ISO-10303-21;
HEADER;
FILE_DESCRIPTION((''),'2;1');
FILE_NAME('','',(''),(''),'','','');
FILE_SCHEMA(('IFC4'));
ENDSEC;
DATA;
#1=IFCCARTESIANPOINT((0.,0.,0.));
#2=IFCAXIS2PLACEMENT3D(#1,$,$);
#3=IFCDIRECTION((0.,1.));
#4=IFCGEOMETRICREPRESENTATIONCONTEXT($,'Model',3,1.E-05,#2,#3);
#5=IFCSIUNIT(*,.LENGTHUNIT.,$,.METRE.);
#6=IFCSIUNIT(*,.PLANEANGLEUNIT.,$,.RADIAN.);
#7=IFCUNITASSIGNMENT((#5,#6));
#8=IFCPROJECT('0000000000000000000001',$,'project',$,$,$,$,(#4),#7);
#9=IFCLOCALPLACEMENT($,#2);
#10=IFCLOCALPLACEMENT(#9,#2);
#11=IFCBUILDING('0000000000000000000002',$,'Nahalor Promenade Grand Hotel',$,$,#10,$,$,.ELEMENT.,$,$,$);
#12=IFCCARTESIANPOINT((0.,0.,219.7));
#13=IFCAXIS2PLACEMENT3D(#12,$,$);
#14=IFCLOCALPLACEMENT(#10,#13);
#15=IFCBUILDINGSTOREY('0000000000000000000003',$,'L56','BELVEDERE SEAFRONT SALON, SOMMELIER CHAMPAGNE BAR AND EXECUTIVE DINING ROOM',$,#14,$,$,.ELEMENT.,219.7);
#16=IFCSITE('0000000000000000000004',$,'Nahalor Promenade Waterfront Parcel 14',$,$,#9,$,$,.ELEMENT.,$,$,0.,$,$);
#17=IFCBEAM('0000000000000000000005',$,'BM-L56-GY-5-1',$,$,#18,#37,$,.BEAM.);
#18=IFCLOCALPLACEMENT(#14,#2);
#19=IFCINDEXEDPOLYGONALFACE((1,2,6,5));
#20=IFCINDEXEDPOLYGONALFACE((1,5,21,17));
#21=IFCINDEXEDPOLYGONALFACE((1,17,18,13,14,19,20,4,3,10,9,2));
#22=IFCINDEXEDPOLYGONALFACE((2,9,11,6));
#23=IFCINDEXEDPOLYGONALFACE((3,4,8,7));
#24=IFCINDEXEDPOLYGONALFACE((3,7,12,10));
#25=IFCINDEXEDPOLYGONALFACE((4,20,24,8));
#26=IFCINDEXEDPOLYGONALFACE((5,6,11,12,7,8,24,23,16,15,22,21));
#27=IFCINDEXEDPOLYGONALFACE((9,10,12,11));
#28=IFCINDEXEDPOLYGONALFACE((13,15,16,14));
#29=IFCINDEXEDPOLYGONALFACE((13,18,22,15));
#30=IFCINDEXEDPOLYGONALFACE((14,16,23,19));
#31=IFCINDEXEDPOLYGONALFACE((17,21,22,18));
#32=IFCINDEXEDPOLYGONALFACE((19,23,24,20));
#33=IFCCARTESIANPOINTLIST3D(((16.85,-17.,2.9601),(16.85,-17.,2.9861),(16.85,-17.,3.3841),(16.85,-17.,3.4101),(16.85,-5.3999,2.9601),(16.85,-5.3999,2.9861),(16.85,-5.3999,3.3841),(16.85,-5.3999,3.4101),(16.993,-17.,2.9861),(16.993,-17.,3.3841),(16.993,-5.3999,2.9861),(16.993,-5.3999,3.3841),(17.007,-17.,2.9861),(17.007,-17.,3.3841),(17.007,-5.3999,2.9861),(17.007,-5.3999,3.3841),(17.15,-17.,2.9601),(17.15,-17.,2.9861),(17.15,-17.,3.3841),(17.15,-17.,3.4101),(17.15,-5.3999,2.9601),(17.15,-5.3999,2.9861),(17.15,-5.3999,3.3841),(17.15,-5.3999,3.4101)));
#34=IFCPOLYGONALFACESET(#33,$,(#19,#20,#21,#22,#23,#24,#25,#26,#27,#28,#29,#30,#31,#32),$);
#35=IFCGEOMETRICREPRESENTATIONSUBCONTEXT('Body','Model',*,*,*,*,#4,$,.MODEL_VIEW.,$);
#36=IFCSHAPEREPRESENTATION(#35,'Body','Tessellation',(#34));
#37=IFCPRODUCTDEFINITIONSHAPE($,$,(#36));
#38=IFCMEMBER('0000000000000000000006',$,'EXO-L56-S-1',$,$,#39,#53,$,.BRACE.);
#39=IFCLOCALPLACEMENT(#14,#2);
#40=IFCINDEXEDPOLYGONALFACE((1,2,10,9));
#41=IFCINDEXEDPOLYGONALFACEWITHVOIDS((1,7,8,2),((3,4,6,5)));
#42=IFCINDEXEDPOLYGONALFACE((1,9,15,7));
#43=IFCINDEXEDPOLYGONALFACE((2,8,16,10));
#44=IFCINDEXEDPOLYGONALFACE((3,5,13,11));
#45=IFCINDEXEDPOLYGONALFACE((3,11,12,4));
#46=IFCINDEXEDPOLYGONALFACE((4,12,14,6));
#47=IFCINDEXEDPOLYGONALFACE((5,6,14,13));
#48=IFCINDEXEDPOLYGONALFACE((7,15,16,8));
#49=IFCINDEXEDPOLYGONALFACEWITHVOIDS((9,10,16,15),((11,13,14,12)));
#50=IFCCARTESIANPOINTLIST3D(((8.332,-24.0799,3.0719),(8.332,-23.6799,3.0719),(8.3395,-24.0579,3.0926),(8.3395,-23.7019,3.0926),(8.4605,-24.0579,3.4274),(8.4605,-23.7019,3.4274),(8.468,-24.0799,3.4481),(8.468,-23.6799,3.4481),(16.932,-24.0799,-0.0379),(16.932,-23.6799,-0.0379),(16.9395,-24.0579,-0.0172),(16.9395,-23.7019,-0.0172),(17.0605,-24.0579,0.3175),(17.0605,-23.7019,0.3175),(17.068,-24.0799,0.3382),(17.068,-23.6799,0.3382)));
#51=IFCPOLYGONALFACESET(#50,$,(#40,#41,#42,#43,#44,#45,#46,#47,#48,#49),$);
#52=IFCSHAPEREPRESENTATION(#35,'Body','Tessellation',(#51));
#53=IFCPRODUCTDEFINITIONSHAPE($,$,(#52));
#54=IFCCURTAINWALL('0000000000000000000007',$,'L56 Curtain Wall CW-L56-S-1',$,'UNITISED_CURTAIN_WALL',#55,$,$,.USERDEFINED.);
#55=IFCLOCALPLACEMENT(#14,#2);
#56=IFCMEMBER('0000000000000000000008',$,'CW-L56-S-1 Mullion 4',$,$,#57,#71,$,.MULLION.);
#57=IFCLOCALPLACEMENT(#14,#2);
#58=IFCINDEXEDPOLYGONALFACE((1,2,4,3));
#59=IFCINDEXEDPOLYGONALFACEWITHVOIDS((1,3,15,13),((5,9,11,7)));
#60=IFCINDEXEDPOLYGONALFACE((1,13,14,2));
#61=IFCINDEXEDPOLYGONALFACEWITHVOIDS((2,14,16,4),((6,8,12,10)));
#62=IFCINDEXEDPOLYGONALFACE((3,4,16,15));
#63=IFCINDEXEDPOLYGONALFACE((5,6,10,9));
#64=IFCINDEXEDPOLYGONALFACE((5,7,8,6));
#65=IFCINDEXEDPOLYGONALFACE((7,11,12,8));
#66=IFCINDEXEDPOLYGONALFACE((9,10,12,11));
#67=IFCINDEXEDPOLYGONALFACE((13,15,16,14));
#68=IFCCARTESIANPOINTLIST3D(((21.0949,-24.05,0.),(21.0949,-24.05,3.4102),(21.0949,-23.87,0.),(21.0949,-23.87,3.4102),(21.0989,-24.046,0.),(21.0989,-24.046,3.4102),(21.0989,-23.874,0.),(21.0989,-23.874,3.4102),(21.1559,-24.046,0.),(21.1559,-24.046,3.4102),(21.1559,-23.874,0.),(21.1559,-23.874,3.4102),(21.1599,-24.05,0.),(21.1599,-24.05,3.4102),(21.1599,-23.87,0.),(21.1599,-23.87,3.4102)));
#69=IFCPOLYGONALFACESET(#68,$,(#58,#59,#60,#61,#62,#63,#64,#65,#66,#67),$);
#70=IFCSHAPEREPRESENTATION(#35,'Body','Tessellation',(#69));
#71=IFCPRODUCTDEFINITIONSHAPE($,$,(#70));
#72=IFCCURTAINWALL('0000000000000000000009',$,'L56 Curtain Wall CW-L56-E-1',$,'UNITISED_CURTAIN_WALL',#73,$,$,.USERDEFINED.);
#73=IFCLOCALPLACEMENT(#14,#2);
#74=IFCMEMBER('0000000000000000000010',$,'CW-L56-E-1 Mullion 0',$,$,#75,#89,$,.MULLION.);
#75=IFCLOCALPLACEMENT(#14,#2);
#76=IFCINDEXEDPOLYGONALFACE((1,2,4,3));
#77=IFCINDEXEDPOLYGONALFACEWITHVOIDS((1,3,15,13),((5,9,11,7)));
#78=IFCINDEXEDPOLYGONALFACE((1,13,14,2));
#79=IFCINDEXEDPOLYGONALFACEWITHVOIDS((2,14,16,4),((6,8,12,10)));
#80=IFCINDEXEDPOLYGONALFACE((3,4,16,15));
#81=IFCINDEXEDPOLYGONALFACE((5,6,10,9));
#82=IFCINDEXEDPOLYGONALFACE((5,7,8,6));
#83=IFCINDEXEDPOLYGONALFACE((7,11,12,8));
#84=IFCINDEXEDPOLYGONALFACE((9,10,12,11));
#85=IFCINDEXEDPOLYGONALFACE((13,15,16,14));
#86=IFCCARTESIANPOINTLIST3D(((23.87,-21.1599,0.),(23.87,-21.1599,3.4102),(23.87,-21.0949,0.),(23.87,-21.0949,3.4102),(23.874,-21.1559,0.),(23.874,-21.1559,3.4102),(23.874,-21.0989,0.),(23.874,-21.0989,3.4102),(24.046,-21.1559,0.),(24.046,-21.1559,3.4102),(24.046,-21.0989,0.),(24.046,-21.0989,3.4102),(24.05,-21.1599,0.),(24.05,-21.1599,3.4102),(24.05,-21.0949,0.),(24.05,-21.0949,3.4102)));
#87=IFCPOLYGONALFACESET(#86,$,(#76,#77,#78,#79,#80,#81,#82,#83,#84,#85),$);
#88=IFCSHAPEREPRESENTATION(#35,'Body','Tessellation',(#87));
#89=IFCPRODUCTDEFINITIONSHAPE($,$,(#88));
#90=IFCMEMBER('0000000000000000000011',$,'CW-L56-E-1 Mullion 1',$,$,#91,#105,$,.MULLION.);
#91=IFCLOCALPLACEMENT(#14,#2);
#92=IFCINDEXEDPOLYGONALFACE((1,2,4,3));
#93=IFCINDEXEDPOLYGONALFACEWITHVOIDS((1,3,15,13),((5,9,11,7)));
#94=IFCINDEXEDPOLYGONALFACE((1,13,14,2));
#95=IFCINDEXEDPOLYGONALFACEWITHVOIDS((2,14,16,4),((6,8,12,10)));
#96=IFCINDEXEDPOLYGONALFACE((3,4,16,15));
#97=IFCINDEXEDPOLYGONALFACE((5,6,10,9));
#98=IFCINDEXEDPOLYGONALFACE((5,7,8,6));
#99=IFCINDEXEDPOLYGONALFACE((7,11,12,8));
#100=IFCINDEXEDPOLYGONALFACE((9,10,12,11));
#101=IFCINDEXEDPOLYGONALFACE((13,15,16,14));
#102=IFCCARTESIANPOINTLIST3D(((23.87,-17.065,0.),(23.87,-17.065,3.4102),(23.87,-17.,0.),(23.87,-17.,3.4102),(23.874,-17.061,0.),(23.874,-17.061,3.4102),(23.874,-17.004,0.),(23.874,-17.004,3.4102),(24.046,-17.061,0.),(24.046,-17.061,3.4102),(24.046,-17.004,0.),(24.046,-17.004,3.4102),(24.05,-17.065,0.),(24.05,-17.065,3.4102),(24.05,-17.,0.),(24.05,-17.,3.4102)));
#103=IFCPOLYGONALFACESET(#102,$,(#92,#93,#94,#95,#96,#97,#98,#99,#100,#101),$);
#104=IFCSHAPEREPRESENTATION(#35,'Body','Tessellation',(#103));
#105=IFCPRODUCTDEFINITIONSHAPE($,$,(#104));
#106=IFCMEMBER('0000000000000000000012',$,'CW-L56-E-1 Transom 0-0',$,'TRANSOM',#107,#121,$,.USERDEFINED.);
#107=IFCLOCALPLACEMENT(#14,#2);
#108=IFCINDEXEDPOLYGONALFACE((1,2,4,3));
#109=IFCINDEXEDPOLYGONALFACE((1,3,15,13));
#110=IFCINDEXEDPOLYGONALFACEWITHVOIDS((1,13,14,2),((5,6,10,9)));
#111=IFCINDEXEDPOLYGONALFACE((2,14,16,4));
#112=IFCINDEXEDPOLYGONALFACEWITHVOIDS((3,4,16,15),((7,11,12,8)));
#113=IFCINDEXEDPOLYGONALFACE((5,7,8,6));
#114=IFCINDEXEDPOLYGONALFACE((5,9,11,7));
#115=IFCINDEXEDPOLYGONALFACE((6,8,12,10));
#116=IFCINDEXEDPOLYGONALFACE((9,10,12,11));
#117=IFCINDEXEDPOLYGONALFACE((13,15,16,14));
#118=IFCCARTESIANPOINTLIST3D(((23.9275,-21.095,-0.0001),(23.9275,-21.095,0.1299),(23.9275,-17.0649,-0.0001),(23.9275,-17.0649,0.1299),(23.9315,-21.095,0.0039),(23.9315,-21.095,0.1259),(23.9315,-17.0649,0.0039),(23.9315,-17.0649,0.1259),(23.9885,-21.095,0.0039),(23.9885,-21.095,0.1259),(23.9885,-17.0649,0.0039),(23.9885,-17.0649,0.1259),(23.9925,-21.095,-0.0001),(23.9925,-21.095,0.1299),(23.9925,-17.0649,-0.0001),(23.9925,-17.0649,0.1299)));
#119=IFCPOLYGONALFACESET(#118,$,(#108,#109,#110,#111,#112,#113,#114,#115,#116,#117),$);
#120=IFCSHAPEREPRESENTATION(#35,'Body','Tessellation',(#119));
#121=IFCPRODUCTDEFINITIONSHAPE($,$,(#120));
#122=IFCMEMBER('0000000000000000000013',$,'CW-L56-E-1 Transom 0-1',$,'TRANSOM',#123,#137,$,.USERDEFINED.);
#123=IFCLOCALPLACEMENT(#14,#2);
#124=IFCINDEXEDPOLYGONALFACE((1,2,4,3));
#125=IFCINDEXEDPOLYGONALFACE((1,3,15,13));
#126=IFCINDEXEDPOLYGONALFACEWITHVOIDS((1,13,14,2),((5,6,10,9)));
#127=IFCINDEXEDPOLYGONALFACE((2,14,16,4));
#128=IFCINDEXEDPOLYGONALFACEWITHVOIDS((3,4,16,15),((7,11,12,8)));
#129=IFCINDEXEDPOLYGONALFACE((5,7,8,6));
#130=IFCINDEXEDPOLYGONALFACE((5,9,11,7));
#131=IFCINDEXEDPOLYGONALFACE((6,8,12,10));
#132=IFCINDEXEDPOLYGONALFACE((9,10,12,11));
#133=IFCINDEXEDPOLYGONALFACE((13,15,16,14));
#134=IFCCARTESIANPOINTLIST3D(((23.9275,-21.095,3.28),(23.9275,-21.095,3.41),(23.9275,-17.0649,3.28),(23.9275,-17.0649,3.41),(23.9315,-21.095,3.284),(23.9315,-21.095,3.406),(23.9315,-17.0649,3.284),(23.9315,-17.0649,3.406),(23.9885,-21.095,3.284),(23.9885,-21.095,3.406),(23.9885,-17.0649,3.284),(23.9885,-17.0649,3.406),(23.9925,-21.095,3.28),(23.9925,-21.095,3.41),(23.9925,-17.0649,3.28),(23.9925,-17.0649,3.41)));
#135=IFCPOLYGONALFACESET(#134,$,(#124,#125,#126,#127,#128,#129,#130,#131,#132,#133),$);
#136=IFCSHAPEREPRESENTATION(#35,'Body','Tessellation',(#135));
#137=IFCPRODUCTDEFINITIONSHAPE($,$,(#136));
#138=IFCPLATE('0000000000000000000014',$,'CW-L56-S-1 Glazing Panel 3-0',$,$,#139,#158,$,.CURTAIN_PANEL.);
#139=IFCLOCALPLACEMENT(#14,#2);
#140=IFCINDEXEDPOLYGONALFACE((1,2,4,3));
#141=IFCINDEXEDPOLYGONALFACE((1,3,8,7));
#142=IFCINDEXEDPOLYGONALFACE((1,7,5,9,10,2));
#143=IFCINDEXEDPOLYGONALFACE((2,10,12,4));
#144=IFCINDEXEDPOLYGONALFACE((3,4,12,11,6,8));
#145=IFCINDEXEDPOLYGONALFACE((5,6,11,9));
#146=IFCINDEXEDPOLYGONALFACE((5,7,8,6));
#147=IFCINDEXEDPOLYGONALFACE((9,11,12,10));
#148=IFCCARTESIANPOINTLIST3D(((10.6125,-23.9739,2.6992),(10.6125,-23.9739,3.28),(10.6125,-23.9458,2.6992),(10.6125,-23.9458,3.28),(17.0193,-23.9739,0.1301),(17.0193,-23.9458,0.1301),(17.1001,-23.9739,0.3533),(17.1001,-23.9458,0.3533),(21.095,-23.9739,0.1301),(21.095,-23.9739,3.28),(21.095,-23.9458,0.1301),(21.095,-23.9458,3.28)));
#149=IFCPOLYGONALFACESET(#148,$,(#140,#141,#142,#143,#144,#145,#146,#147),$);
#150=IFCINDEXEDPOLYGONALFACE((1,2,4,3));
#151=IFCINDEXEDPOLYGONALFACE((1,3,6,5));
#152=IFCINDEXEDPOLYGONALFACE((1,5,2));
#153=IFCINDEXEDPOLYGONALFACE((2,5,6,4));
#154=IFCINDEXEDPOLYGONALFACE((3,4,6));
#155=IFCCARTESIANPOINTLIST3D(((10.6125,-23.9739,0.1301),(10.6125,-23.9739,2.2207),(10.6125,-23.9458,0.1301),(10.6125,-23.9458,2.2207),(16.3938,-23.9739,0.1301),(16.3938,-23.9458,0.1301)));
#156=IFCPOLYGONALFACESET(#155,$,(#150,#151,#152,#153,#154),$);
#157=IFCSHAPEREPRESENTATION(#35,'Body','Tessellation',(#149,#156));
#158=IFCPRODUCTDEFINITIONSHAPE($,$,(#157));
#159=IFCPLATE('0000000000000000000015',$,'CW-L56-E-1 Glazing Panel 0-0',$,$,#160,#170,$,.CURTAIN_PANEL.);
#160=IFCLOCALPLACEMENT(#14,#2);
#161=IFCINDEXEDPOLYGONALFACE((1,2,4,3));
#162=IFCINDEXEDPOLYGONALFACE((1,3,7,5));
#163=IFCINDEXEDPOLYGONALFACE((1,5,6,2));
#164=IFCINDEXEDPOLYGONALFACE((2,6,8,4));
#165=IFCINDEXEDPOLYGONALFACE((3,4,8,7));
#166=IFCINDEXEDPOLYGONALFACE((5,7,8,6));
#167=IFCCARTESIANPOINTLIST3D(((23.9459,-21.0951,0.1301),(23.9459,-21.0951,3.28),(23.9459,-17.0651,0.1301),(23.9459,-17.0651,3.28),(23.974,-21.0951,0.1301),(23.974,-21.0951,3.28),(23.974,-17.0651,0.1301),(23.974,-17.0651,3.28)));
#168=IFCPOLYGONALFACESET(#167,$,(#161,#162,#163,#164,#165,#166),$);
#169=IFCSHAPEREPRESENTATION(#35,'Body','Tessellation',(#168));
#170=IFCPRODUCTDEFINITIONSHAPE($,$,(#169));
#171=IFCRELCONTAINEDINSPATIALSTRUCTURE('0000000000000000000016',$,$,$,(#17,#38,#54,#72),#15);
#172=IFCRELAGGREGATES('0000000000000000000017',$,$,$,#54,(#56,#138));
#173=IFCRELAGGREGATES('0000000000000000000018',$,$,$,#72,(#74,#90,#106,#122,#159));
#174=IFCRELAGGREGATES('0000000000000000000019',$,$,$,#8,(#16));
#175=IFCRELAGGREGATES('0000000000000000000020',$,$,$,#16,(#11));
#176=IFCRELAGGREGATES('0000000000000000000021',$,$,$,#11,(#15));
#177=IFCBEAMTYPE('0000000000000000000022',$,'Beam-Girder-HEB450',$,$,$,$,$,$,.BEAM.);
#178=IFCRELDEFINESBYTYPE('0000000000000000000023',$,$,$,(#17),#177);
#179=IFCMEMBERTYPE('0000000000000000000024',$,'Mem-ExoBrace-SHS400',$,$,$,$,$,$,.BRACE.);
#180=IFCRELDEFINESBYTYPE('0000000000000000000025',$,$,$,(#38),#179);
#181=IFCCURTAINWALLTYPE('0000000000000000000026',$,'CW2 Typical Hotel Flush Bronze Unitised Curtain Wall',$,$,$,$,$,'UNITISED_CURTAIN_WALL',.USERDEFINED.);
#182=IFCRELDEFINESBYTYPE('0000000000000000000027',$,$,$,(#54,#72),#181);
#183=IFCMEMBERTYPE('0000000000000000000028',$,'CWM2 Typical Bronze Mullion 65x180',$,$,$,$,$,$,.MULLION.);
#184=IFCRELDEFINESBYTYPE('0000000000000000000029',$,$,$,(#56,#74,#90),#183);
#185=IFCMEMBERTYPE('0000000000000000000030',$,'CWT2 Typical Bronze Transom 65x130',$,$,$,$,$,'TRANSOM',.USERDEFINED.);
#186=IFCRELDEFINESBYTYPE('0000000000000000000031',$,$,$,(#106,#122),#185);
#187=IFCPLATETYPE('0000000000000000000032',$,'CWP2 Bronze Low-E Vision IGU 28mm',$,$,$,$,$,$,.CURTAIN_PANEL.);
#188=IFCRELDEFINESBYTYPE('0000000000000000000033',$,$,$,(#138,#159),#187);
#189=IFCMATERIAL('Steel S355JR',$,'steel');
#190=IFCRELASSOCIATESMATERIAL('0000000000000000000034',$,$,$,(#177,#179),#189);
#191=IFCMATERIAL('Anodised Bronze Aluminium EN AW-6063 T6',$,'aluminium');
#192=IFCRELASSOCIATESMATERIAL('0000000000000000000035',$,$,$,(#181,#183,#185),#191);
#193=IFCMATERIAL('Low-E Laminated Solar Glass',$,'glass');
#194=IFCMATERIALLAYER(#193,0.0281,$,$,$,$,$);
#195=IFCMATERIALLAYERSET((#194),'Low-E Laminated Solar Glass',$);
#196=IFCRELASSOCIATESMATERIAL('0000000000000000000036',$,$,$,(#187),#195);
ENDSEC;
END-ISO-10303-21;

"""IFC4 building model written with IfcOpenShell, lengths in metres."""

from ifc_helpers import new_model, si_unit, direction, frame, origin, origin_2d, place, context, subcontext, project, spatial, polyline, rectangle, hollow_rectangle, i_section, outline, extrude, source, transform, mapped, material, layer, layer_set, material_profile, profile_set, type_object, element, aggregate, save


model = new_model("IFC4")

# Units and contexts
model_context = context("Model", 3, precision=1e-05, world=origin(), true_north=direction((0.0, 1.0)))
body_context = subcontext(model_context, "Body", "Model", "MODEL_VIEW")
ifc_project = project(units=[si_unit("LENGTHUNIT", "METRE"), si_unit("PLANEANGLEUNIT", "RADIAN")], contexts=[model_context])

# Site, building, storey
site_placement = place(None, origin())
site = spatial("IfcSite", under=ifc_project, at=site_placement, Name="Nahalor Promenade Waterfront Parcel 14", CompositionType="ELEMENT", RefElevation=0.0)
building_placement = place(site_placement, origin())
building = spatial("IfcBuilding", under=site, at=building_placement, Name="Nahalor Promenade Grand Hotel", CompositionType="ELEMENT")
storey_placement = place(building_placement, frame((0.0, 0.0, 219.7)))
storey = spatial("IfcBuildingStorey", under=building, at=storey_placement, Name="L56", Description="BELVEDERE SEAFRONT SALON, SOMMELIER CHAMPAGNE BAR AND EXECUTIVE DINING ROOM", CompositionType="ELEMENT", Elevation=219.7)

# Shared definitions
ifc_material_1 = material(Name="Steel S355JR", Category="steel")

# Beam
ifc_material_profile_1 = material_profile(ifc_material_1, i_section(OverallWidth=0.3, OverallDepth=0.45, WebThickness=0.014, FlangeThickness=0.026, at=origin_2d()), Name="HEB 450")
ifc_profile_set_1 = profile_set([ifc_material_profile_1], Name="Steel S355JR")
beam_type_1 = type_object("IfcBeamType", Name="Beam-Girder-HEB450", PredefinedType="BEAM", material=ifc_profile_set_1)
shared_shape_1 = source(origin(), body_context, "Body", "SweptSolid", [
    extrude(i_section(OverallWidth=0.3, OverallDepth=0.45, WebThickness=0.014, FlangeThickness=0.026, at=origin_2d()), origin(), (0.0, 0.0, 1.0), 11.6001),
])
beam_1_placement = place(storey_placement, frame((17.0, -17.0, 3.1851), z_axis=(0.0, 1.0, 0.0), x_axis=(-1.0, 0.0, 0.0)))
element("IfcBeam", 1, at=beam_1_placement, inside=storey, type_object=beam_type_1, Name="BM-L56-GY-5-1", PredefinedType="BEAM", context=body_context, shape_type="MappedRepresentation", body=[
    mapped(shared_shape_1, transform((0.0, 0.0, 0.0), scale=1.0)),
])

# Member
ifc_material_profile_2 = material_profile(ifc_material_1, hollow_rectangle(XDim=0.4, YDim=0.4, WallThickness=0.022, at=origin_2d()), Name="SHS 400x400x22")
ifc_profile_set_2 = profile_set([ifc_material_profile_2], Name="Steel S355JR")
member_type_1 = type_object("IfcMemberType", Name="Mem-ExoBrace-SHS400", PredefinedType="BRACE", material=ifc_profile_set_2)
shared_shape_2 = source(origin(), body_context, "Body", "SweptSolid", [
    extrude(hollow_rectangle(XDim=0.4, YDim=0.4, WallThickness=0.022, at=origin_2d()), origin(), (0.0, 0.0, 1.0), 9.145),
])
member_1_placement = place(storey_placement, frame((17.0, -23.8799, 0.1501), z_axis=(-0.940405, 0.0, 0.340058), x_axis=(0.0, -1.0, 0.0)))
element("IfcMember", 2, at=member_1_placement, inside=storey, type_object=member_type_1, Name="EXO-L56-S-1", PredefinedType="BRACE", context=body_context, shape_type="MappedRepresentation", body=[
    mapped(shared_shape_2, transform((0.0, 0.0, 0.0), scale=1.0)),
])

# Curtain wall, member
ifc_material_2 = material(Name="Anodised Bronze Aluminium EN AW-6063 T6", Category="aluminium")
curtain_wall_type = type_object("IfcCurtainWallType", Name="CW2 Typical Hotel Flush Bronze Unitised Curtain Wall", ElementType="UNITISED_CURTAIN_WALL", PredefinedType="USERDEFINED", material=ifc_material_2)
curtain_wall_1_placement = place(storey_placement, origin())
curtain_wall_1 = element("IfcCurtainWall", 3, at=curtain_wall_1_placement, inside=storey, type_object=curtain_wall_type, Name="L56 Curtain Wall CW-L56-S-1", ObjectType="UNITISED_CURTAIN_WALL", PredefinedType="USERDEFINED")
ifc_material_profile_3 = material_profile(ifc_material_2, hollow_rectangle(XDim=0.065, YDim=0.18, WallThickness=0.004, at=origin_2d()), Name="CWM 65x180x4")
ifc_profile_set_3 = profile_set([ifc_material_profile_3], Name="Anodised Bronze Aluminium EN AW-6063 T6")
member_type_2 = type_object("IfcMemberType", Name="CWM2 Typical Bronze Mullion 65x180", PredefinedType="MULLION", material=ifc_profile_set_3)
shared_shape_3 = source(origin(), body_context, "Body", "SweptSolid", [
    extrude(hollow_rectangle(XDim=0.065, YDim=0.18, WallThickness=0.004, at=origin_2d()), origin(), (0.0, 0.0, 1.0), 3.4102),
])
member_2_placement = place(storey_placement, frame((21.1274, -23.96, 0.0), z_axis=(0.0, 0.0, 1.0), x_axis=(1.0, 0.0, 0.0)))
member_2 = element("IfcMember", 4, at=member_2_placement, type_object=member_type_2, Name="CW-L56-S-1 Mullion 4", PredefinedType="MULLION", context=body_context, shape_type="MappedRepresentation", body=[
    mapped(shared_shape_3, transform((0.0, 0.0, 0.0), scale=1.0)),
])

# Curtain wall, members
curtain_wall_2_placement = place(storey_placement, origin())
curtain_wall_2 = element("IfcCurtainWall", 5, at=curtain_wall_2_placement, inside=storey, type_object=curtain_wall_type, Name="L56 Curtain Wall CW-L56-E-1", ObjectType="UNITISED_CURTAIN_WALL", PredefinedType="USERDEFINED")
member_3_placement = place(storey_placement, frame((23.96, -21.1274, 0.0), z_axis=(0.0, 0.0, 1.0), x_axis=(0.0, 1.0, 0.0)))
member_3 = element("IfcMember", 6, at=member_3_placement, type_object=member_type_2, Name="CW-L56-E-1 Mullion 0", PredefinedType="MULLION", context=body_context, shape_type="MappedRepresentation", body=[
    mapped(shared_shape_3, transform((0.0, 0.0, 0.0), scale=1.0)),
])
member_4_placement = place(storey_placement, frame((23.96, -17.0325, 0.0), z_axis=(0.0, 0.0, 1.0), x_axis=(0.0, 1.0, 0.0)))
member_4 = element("IfcMember", 7, at=member_4_placement, type_object=member_type_2, Name="CW-L56-E-1 Mullion 1", PredefinedType="MULLION", context=body_context, shape_type="MappedRepresentation", body=[
    mapped(shared_shape_3, transform((0.0, 0.0, 0.0), scale=1.0)),
])
ifc_material_profile_4 = material_profile(ifc_material_2, hollow_rectangle(XDim=0.065, YDim=0.13, WallThickness=0.004, at=origin_2d()), Name="CWT 65x130x4")
ifc_profile_set_4 = profile_set([ifc_material_profile_4], Name="Anodised Bronze Aluminium EN AW-6063 T6")
member_type_3 = type_object("IfcMemberType", Name="CWT2 Typical Bronze Transom 65x130", ElementType="TRANSOM", PredefinedType="USERDEFINED", material=ifc_profile_set_4)
shared_shape_4 = source(origin(), body_context, "Body", "SweptSolid", [
    extrude(hollow_rectangle(XDim=0.065, YDim=0.13, WallThickness=0.004, at=origin_2d()), origin(), (0.0, 0.0, 1.0), 4.03),
])
member_5_placement = place(storey_placement, frame((23.96, -21.095, 0.0649), z_axis=(0.0, 1.0, 0.0), x_axis=(-1.0, 0.0, 0.0)))
member_5 = element("IfcMember", 8, at=member_5_placement, type_object=member_type_3, Name="CW-L56-E-1 Transom 0-0", ObjectType="TRANSOM", PredefinedType="USERDEFINED", context=body_context, shape_type="MappedRepresentation", body=[
    mapped(shared_shape_4, transform((0.0, 0.0, 0.0), scale=1.0)),
])
member_6_placement = place(storey_placement, frame((23.96, -21.095, 3.345), z_axis=(0.0, 1.0, 0.0), x_axis=(-1.0, 0.0, 0.0)))
member_6 = element("IfcMember", 9, at=member_6_placement, type_object=member_type_3, Name="CW-L56-E-1 Transom 0-1", ObjectType="TRANSOM", PredefinedType="USERDEFINED", context=body_context, shape_type="MappedRepresentation", body=[
    mapped(shared_shape_4, transform((0.0, 0.0, 0.0), scale=1.0)),
])

# Plates
ifc_material_3 = material(Name="Low-E Laminated Solar Glass", Category="glass")
ifc_layer_1 = layer(ifc_material_3, 0.0281)
ifc_layer_set_1 = layer_set([ifc_layer_1], Name="Low-E Laminated Solar Glass")
plate_type = type_object("IfcPlateType", Name="CWP2 Bronze Low-E Vision IGU 28mm", PredefinedType="CURTAIN_PANEL", material=ifc_layer_set_1)
plate_1_placement = place(storey_placement, frame((15.8538, -23.96, 0.1301), z_axis=(0.0, 0.0, 1.0), x_axis=(1.0, 0.0, 0.0)))
plate_1 = element("IfcPlate", 10, at=plate_1_placement, type_object=plate_type, Name="CW-L56-S-1 Glazing Panel 3-0", PredefinedType="CURTAIN_PANEL", context=body_context, shape_type="SweptSolid", body=[
    extrude(outline(polyline([(5.2412, 3.1499), (-5.2412, 3.1499), (-5.2412, 2.5691), (1.2463, 0.2231), (1.1655, 0.0), (5.2412, 0.0), (5.2412, 3.1499)])), frame((0.0, 0.0142, 0.0), z_axis=(0.0, -1.0, 0.0), x_axis=(1.0, 0.0, 0.0)), (0.0, 0.0, 1.0), 0.0281),
    extrude(outline(polyline([(-5.2412, 2.0906), (-5.2412, 0.0), (0.54, 0.0), (-5.2412, 2.0906)])), frame((0.0, 0.0142, 0.0), z_axis=(0.0, -1.0, 0.0), x_axis=(1.0, 0.0, 0.0)), (0.0, 0.0, 1.0), 0.0281),
])
aggregate(curtain_wall_1, [member_2, plate_1])
shared_shape_5 = source(origin(), body_context, "Body", "SweptSolid", [
    extrude(rectangle(XDim=4.03, YDim=0.0281, at=origin_2d()), origin(), (0.0, 0.0, 1.0), 3.1499),
])
plate_2_placement = place(storey_placement, frame((23.96, -19.0801, 0.1301), z_axis=(0.0, 0.0, 1.0), x_axis=(0.0, 1.0, 0.0)))
plate_2 = element("IfcPlate", 11, at=plate_2_placement, type_object=plate_type, Name="CW-L56-E-1 Glazing Panel 0-0", PredefinedType="CURTAIN_PANEL", context=body_context, shape_type="MappedRepresentation", body=[
    mapped(shared_shape_5, transform((0.0, 0.0, 0.0), scale=1.0)),
])
aggregate(curtain_wall_2, [member_3, member_4, member_5, member_6, plate_2])

save(model, "model.ifc")
